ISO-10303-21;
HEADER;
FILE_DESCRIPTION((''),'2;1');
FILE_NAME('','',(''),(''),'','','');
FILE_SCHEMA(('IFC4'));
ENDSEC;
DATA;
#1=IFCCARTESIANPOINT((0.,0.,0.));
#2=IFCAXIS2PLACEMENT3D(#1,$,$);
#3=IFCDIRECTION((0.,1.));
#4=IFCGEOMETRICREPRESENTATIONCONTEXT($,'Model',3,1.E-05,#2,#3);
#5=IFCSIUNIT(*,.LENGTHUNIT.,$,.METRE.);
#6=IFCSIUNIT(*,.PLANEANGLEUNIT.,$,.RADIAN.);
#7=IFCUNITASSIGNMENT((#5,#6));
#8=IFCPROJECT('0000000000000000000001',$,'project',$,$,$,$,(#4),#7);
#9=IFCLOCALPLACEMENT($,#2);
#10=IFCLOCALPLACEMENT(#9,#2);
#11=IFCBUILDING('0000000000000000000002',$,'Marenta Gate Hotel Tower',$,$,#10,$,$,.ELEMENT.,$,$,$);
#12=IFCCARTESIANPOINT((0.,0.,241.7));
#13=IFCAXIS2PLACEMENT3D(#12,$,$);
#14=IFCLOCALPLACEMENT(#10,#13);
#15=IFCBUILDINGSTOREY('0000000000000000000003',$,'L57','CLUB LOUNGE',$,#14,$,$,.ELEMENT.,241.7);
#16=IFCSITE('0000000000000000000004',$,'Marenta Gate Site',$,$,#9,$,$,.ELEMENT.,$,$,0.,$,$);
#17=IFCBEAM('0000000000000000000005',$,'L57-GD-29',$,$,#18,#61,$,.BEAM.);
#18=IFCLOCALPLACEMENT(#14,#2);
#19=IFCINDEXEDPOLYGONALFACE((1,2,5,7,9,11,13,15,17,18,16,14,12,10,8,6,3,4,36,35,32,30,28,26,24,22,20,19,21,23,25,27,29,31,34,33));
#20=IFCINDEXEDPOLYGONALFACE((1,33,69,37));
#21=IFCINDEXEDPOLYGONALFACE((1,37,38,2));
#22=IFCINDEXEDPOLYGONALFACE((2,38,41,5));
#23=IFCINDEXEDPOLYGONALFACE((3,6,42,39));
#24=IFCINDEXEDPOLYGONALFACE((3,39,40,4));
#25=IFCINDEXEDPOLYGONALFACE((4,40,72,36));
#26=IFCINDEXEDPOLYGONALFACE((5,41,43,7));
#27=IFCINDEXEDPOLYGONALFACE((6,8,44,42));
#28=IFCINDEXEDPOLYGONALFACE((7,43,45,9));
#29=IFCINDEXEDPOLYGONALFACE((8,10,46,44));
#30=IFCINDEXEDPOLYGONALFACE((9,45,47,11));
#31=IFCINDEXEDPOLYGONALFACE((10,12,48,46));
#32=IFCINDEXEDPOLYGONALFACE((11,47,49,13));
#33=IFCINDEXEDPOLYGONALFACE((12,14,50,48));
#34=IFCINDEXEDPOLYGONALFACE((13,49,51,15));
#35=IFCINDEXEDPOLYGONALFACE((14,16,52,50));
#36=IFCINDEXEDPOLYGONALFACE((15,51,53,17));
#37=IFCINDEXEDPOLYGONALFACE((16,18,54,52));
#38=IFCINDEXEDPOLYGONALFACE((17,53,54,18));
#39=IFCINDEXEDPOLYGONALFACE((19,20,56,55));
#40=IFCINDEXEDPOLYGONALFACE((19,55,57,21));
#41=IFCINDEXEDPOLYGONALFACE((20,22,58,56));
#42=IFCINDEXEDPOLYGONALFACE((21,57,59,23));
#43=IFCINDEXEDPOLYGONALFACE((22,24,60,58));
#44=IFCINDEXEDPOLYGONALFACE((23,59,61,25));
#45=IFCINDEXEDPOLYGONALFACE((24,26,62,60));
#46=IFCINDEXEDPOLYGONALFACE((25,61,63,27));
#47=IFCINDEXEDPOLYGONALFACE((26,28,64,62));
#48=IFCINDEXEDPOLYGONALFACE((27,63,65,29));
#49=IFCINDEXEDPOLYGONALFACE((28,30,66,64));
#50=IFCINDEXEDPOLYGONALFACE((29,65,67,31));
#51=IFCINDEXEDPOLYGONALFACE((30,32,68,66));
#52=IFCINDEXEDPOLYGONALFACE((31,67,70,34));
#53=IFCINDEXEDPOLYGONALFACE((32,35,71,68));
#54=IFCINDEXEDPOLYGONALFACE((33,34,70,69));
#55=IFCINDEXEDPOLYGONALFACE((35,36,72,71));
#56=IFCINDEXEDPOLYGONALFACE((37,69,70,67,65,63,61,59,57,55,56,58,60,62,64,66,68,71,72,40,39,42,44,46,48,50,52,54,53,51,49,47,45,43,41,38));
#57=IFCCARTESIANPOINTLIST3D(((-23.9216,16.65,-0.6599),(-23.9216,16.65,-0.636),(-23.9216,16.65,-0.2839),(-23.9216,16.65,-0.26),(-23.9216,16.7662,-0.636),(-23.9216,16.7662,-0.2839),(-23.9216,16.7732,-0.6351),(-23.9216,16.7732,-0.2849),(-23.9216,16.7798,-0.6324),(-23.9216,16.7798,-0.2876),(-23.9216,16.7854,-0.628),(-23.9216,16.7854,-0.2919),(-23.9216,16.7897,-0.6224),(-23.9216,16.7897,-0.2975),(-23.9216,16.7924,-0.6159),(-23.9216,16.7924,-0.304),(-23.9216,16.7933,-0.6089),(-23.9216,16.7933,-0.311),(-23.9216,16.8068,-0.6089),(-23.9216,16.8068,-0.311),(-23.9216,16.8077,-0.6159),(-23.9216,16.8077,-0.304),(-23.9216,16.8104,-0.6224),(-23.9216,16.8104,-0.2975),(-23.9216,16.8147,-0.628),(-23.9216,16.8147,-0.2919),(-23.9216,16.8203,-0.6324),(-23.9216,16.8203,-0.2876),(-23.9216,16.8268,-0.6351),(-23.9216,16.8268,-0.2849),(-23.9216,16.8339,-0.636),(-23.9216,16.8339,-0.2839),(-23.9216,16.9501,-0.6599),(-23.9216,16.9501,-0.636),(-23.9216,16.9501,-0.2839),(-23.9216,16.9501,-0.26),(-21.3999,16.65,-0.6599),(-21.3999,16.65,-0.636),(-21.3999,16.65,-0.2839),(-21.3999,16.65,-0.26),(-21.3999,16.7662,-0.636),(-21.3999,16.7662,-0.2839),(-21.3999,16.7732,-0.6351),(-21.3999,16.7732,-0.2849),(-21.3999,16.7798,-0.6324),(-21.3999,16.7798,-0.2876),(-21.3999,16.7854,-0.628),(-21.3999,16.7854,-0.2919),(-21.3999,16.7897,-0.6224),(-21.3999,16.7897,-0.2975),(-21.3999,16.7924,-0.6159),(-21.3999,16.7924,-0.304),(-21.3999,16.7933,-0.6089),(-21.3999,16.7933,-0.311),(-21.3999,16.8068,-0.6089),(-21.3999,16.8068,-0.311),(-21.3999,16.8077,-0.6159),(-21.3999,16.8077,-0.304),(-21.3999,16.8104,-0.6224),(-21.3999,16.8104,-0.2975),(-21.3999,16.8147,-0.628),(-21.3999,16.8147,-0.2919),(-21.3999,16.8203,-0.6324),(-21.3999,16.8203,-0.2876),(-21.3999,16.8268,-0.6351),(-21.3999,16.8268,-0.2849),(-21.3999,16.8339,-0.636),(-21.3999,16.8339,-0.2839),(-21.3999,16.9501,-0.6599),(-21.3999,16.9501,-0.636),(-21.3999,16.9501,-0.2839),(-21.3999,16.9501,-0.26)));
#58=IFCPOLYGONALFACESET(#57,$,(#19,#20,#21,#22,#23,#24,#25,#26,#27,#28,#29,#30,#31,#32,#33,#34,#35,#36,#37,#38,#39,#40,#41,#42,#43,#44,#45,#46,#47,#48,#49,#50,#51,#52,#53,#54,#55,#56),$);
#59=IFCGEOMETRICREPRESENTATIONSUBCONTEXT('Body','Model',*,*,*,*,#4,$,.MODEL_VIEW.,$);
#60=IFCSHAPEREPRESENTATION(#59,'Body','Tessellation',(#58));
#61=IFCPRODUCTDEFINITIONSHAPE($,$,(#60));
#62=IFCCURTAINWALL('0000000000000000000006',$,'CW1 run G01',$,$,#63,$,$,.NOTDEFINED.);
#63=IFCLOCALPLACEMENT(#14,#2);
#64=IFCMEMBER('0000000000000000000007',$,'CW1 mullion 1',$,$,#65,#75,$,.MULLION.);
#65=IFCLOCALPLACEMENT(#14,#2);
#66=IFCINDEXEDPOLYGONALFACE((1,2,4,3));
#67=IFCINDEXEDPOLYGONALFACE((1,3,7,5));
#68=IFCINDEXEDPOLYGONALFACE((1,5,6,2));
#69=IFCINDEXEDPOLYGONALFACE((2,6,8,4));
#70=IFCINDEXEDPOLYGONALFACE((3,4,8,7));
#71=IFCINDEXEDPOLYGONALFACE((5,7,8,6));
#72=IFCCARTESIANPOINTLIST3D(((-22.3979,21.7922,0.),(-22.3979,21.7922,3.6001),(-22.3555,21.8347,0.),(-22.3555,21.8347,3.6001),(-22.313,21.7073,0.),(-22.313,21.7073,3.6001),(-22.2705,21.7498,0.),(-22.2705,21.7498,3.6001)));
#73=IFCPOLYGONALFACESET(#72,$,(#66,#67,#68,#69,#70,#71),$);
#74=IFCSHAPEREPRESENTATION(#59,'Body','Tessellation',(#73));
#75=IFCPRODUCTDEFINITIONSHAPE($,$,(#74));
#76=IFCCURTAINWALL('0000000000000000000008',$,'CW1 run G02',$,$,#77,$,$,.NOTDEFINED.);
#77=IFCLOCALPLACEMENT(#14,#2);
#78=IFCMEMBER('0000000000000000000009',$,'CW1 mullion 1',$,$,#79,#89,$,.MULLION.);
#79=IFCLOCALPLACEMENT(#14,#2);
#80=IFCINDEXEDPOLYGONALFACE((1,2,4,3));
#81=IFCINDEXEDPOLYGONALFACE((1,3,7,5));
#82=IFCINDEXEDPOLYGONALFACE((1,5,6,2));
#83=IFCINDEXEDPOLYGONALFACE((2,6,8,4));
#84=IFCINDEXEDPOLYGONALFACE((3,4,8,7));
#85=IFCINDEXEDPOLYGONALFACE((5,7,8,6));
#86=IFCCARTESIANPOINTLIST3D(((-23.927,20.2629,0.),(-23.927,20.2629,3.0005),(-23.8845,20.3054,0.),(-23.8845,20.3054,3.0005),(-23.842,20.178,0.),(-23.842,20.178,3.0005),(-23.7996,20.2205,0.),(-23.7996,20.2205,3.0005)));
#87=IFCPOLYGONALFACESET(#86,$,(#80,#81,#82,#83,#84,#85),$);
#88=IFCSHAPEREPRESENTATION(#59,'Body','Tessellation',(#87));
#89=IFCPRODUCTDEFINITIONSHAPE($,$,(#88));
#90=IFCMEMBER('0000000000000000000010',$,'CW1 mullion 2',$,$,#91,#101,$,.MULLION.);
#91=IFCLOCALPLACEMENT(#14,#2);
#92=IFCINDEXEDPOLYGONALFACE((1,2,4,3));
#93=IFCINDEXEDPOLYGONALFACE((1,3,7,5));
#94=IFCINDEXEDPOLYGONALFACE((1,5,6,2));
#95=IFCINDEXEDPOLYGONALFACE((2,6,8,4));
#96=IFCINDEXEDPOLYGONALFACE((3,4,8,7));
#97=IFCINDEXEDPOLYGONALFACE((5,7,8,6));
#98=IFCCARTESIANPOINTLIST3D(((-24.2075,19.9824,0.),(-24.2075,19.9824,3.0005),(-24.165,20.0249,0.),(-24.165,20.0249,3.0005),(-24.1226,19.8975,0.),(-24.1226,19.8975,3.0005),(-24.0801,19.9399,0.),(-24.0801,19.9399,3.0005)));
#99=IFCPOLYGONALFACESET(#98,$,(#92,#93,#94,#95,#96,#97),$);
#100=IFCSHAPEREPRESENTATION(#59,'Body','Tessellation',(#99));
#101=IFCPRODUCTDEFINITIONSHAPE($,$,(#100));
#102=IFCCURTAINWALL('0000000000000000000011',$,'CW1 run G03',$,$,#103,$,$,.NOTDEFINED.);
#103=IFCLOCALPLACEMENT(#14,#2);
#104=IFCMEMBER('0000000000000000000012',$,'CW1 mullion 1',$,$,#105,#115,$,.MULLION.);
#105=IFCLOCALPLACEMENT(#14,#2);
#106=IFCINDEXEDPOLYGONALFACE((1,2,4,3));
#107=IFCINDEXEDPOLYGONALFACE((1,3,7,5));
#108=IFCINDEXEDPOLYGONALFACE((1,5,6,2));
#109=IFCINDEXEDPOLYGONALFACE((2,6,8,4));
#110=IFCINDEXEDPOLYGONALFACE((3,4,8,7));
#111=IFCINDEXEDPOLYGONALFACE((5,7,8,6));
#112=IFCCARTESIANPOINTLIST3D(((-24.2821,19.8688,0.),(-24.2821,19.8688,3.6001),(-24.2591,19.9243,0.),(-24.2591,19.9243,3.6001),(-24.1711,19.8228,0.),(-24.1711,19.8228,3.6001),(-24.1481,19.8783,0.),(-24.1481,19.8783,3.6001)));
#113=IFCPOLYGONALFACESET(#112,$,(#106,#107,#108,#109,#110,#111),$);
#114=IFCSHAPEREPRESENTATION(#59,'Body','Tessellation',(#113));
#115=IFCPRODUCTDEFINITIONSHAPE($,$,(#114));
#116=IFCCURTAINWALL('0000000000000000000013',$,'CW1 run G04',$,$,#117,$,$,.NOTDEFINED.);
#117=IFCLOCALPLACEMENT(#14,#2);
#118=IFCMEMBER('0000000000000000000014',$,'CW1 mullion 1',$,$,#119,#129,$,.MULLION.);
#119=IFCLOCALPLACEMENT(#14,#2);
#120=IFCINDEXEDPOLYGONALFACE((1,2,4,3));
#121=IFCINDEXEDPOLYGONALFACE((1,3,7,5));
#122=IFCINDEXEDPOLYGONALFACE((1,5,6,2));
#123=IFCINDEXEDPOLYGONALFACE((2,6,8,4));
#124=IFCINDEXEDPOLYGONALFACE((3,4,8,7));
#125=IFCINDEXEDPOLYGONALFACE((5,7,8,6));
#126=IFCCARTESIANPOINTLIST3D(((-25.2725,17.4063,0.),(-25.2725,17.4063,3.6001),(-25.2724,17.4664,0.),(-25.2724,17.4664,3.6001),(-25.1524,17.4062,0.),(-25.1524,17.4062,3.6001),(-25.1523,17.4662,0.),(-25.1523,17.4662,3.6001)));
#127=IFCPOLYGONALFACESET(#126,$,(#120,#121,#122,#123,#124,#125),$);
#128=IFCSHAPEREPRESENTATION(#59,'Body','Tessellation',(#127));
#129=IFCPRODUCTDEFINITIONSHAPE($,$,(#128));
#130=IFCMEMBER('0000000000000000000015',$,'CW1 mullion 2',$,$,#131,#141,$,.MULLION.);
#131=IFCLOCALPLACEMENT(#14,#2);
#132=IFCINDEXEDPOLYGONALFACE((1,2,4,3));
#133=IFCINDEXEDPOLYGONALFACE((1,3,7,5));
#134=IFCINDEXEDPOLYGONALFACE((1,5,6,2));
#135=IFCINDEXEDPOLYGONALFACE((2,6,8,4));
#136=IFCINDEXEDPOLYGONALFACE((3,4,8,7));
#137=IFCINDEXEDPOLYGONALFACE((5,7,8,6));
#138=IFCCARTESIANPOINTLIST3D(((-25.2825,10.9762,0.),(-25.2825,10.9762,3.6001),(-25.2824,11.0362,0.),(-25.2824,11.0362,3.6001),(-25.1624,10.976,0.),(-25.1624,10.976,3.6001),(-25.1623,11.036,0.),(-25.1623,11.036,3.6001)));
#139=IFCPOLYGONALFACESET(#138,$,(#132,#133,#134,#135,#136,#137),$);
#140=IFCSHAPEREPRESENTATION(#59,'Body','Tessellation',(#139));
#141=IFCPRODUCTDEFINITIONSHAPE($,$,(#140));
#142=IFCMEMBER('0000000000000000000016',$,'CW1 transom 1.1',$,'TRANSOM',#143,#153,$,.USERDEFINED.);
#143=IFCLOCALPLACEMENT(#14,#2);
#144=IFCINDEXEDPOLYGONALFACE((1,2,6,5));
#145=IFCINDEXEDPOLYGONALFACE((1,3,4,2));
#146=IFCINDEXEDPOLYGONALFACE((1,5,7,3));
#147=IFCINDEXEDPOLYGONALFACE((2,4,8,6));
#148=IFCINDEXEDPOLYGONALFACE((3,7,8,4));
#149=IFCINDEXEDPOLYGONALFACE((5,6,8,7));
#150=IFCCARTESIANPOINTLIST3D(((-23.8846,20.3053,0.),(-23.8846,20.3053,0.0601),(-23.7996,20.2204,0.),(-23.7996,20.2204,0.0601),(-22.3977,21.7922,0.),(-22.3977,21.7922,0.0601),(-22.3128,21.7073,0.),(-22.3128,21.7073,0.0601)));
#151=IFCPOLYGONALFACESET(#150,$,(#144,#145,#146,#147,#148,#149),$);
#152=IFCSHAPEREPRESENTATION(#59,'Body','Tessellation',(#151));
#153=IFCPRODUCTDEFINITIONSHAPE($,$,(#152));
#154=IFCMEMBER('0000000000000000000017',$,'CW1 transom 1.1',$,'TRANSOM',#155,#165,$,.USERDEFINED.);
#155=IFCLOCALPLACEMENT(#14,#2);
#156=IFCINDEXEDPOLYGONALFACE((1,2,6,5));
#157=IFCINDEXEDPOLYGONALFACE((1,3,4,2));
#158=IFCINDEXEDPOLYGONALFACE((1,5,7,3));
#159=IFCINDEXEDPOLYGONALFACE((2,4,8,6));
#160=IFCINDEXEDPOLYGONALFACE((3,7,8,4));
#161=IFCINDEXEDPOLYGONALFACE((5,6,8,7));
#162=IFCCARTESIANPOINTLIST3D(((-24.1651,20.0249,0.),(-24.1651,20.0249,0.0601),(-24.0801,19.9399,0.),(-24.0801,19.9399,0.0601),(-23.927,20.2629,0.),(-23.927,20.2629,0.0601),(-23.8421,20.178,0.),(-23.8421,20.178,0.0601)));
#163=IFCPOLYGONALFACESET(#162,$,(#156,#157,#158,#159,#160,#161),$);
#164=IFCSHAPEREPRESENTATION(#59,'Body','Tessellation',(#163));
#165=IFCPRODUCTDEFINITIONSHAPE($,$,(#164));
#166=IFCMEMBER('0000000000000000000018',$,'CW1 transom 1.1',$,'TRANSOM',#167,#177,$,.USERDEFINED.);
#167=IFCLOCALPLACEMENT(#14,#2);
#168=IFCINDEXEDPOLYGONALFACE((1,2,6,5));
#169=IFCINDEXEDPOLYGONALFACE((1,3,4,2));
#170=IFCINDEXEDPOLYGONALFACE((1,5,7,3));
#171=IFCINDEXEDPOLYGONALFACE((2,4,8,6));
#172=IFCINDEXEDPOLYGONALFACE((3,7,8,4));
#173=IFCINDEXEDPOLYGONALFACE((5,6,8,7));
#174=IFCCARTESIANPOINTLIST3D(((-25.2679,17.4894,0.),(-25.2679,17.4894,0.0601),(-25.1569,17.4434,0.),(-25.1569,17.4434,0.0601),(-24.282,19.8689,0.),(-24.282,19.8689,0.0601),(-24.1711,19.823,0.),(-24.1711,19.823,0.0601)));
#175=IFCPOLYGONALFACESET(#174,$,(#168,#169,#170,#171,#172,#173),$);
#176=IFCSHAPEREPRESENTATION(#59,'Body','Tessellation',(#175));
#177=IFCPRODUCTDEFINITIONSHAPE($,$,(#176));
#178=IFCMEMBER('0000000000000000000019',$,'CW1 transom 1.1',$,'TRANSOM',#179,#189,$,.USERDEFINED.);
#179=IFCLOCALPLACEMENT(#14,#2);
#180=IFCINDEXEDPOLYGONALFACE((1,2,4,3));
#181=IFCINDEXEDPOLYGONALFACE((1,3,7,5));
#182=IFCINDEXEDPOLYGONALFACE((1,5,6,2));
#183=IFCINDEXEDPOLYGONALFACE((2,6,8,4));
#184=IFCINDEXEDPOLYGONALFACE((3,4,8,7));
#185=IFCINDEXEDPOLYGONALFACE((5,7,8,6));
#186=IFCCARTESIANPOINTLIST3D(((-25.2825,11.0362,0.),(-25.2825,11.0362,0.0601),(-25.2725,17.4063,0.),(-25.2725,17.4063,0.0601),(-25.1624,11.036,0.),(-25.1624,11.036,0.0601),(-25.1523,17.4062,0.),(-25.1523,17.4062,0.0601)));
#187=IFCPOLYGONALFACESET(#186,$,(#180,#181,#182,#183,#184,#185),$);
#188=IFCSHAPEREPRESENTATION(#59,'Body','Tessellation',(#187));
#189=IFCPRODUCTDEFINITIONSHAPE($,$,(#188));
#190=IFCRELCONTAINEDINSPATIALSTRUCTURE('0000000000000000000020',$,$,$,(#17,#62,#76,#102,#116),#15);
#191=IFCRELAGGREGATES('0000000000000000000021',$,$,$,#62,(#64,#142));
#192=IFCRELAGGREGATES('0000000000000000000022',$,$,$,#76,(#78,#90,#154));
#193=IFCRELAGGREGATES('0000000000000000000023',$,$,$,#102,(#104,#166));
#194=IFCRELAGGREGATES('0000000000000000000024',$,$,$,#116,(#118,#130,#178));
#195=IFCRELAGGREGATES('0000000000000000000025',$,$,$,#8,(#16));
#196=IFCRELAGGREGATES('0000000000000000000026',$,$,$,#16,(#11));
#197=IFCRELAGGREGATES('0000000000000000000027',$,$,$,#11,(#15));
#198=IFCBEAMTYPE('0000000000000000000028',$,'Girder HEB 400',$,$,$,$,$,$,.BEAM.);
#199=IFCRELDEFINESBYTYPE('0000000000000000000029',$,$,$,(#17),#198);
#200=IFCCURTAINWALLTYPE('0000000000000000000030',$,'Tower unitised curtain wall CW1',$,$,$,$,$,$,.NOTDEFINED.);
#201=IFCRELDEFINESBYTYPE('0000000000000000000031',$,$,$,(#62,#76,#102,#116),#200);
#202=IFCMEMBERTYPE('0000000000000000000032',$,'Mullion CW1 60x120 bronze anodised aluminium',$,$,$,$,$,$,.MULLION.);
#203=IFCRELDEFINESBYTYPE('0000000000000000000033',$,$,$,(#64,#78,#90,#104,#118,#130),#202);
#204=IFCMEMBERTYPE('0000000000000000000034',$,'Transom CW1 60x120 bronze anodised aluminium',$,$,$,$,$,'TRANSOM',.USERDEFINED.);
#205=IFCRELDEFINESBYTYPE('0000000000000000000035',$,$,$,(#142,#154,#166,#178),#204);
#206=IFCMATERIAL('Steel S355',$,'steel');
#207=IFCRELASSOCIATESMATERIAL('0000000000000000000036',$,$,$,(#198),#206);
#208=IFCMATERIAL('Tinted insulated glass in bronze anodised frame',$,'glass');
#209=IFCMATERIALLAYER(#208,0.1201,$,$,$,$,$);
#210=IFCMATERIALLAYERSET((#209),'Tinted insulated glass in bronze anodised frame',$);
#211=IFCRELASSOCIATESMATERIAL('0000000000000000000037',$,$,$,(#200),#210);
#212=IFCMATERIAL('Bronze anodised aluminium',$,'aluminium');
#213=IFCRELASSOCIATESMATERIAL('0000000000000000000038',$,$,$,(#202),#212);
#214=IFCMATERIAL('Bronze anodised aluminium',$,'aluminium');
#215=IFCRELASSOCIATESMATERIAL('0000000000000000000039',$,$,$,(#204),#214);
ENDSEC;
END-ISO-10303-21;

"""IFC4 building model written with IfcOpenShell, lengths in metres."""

from ifc_helpers import new_model, si_unit, direction, frame, origin, origin_2d, place, context, subcontext, project, spatial, rectangle, i_section, extrude, material, layer, layer_set, material_profile, profile_set, type_object, element, aggregate, save


model = new_model("IFC4")

# Units and contexts
model_context = context("Model", 3, precision=1e-05, world=origin(), true_north=direction((0.0, 1.0)))
body_context = subcontext(model_context, "Body", "Model", "MODEL_VIEW")
ifc_project = project(units=[si_unit("LENGTHUNIT", "METRE"), si_unit("PLANEANGLEUNIT", "RADIAN")], contexts=[model_context])

# Site, building, storey
site_placement = place(None, origin())
site = spatial("IfcSite", under=ifc_project, at=site_placement, Name="Marenta Gate Site", CompositionType="ELEMENT", RefElevation=0.0)
building_placement = place(site_placement, origin())
building = spatial("IfcBuilding", under=site, at=building_placement, Name="Marenta Gate Hotel Tower", CompositionType="ELEMENT")
storey_placement = place(building_placement, frame((0.0, 0.0, 241.7)))
storey = spatial("IfcBuildingStorey", under=building, at=storey_placement, Name="L57", Description="CLUB LOUNGE", CompositionType="ELEMENT", Elevation=241.7)

# Beam
ifc_material_1 = material(Name="Steel S355", Category="steel")
ifc_material_profile_1 = material_profile(ifc_material_1, i_section(OverallWidth=0.3, OverallDepth=0.3999, WebThickness=0.0134, FlangeThickness=0.0239, FilletRadius=0.0271, at=origin_2d()), Name="HEB 400")
ifc_profile_set_1 = profile_set([ifc_material_profile_1], Name="Steel S355")
beam_type_1 = type_object("IfcBeamType", Name="Girder HEB 400", PredefinedType="BEAM", material=ifc_profile_set_1)
beam_1_placement = place(storey_placement, frame((-23.9216, 16.8, -0.46), z_axis=(1.0, 0.0, 0.0), x_axis=(0.0, 1.0, 0.0)))
element("IfcBeam", 1, at=beam_1_placement, inside=storey, type_object=beam_type_1, Name="L57-GD-29", PredefinedType="BEAM", context=body_context, shape_type="SweptSolid", body=[
    extrude(i_section(OverallWidth=0.3, OverallDepth=0.3999, WebThickness=0.0134, FlangeThickness=0.0239, FilletRadius=0.0271, at=origin_2d()), origin(), (0.0, 0.0, 1.0), 2.5217),
])

# Curtain wall, member
ifc_material_2 = material(Name="Tinted insulated glass in bronze anodised frame", Category="glass")
ifc_layer_1 = layer(ifc_material_2, 0.1201)
ifc_layer_set_1 = layer_set([ifc_layer_1], Name="Tinted insulated glass in bronze anodised frame")
curtain_wall_type = type_object("IfcCurtainWallType", Name="Tower unitised curtain wall CW1", PredefinedType="NOTDEFINED", material=ifc_layer_set_1)
curtain_wall_1_placement = place(storey_placement, origin())
curtain_wall_1 = element("IfcCurtainWall", 2, at=curtain_wall_1_placement, inside=storey, type_object=curtain_wall_type, Name="CW1 run G01", PredefinedType="NOTDEFINED")
ifc_material_3 = material(Name="Bronze anodised aluminium", Category="aluminium")
ifc_material_profile_2 = material_profile(ifc_material_3, rectangle(XDim=0.1201, YDim=0.0601, at=origin_2d()), Name="Mullion CW1 60x120 bronze anodised aluminium")
ifc_profile_set_2 = profile_set([ifc_material_profile_2], Name="Bronze anodised aluminium")
member_type_1 = type_object("IfcMemberType", Name="Mullion CW1 60x120 bronze anodised aluminium", PredefinedType="MULLION", material=ifc_profile_set_2)
member_1_placement = place(storey_placement, frame((-22.3342, 21.771, 0.0), z_axis=(0.0, 0.0, 1.0), x_axis=(0.707107, -0.707107, 0.0)))
member_1 = element("IfcMember", 3, at=member_1_placement, type_object=member_type_1, Name="CW1 mullion 1", PredefinedType="MULLION", context=body_context, shape_type="SweptSolid", body=[
    extrude(rectangle(XDim=0.1201, YDim=0.0601, at=origin_2d()), origin(), (0.0, 0.0, 1.0), 3.6001),
])

# Curtain wall, members
curtain_wall_2_placement = place(storey_placement, origin())
curtain_wall_2 = element("IfcCurtainWall", 4, at=curtain_wall_2_placement, inside=storey, type_object=curtain_wall_type, Name="CW1 run G02", PredefinedType="NOTDEFINED")
member_2_placement = place(storey_placement, frame((-23.8633, 20.2417, 0.0), z_axis=(0.0, 0.0, 1.0), x_axis=(0.707107, -0.707107, 0.0)))
member_2 = element("IfcMember", 5, at=member_2_placement, type_object=member_type_1, Name="CW1 mullion 1", PredefinedType="MULLION", context=body_context, shape_type="SweptSolid", body=[
    extrude(rectangle(XDim=0.1201, YDim=0.0601, at=origin_2d()), origin(), (0.0, 0.0, 1.0), 3.0005),
])
member_3_placement = place(storey_placement, frame((-24.1438, 19.9612, 0.0), z_axis=(0.0, 0.0, 1.0), x_axis=(0.707107, -0.707107, 0.0)))
member_3 = element("IfcMember", 6, at=member_3_placement, type_object=member_type_1, Name="CW1 mullion 2", PredefinedType="MULLION", context=body_context, shape_type="SweptSolid", body=[
    extrude(rectangle(XDim=0.1201, YDim=0.0601, at=origin_2d()), origin(), (0.0, 0.0, 1.0), 3.0005),
])

# Curtain wall, member
curtain_wall_3_placement = place(storey_placement, origin())
curtain_wall_3 = element("IfcCurtainWall", 7, at=curtain_wall_3_placement, inside=storey, type_object=curtain_wall_type, Name="CW1 run G03", PredefinedType="NOTDEFINED")
member_4_placement = place(storey_placement, frame((-24.2151, 19.8735, 0.0), z_axis=(0.0, 0.0, 1.0), x_axis=(0.923886, -0.382667, 0.0)))
member_4 = element("IfcMember", 8, at=member_4_placement, type_object=member_type_1, Name="CW1 mullion 1", PredefinedType="MULLION", context=body_context, shape_type="SweptSolid", body=[
    extrude(rectangle(XDim=0.1201, YDim=0.0601, at=origin_2d()), origin(), (0.0, 0.0, 1.0), 3.6001),
])

# Curtain wall, members
curtain_wall_4_placement = place(storey_placement, origin())
curtain_wall_4 = element("IfcCurtainWall", 9, at=curtain_wall_4_placement, inside=storey, type_object=curtain_wall_type, Name="CW1 run G04", PredefinedType="NOTDEFINED")
member_5_placement = place(storey_placement, frame((-25.2124, 17.4363, 0.0), z_axis=(0.0, 0.0, 1.0), x_axis=(0.999999, -0.001566, 0.0)))
member_5 = element("IfcMember", 10, at=member_5_placement, type_object=member_type_1, Name="CW1 mullion 1", PredefinedType="MULLION", context=body_context, shape_type="SweptSolid", body=[
    extrude(rectangle(XDim=0.1201, YDim=0.0601, at=origin_2d()), origin(), (0.0, 0.0, 1.0), 3.6001),
])
member_6_placement = place(storey_placement, frame((-25.2224, 11.0061, 0.0), z_axis=(0.0, 0.0, 1.0), x_axis=(0.999999, -0.001566, 0.0)))
member_6 = element("IfcMember", 11, at=member_6_placement, type_object=member_type_1, Name="CW1 mullion 2", PredefinedType="MULLION", context=body_context, shape_type="SweptSolid", body=[
    extrude(rectangle(XDim=0.1201, YDim=0.0601, at=origin_2d()), origin(), (0.0, 0.0, 1.0), 3.6001),
])

# Members
ifc_material_4 = material(Name="Bronze anodised aluminium", Category="aluminium")
ifc_material_profile_3 = material_profile(ifc_material_4, rectangle(XDim=0.1201, YDim=0.0601, at=origin_2d()), Name="Transom CW1 60x120 bronze anodised aluminium")
ifc_profile_set_3 = profile_set([ifc_material_profile_3], Name="Bronze anodised aluminium")
member_type_2 = type_object("IfcMemberType", Name="Transom CW1 60x120 bronze anodised aluminium", ElementType="TRANSOM", PredefinedType="USERDEFINED", material=ifc_profile_set_3)
member_7_placement = place(storey_placement, frame((-22.3552, 21.7498, 0.03), z_axis=(-0.707107, -0.707107, 0.0), x_axis=(0.707107, -0.707107, 0.0)))
member_7 = element("IfcMember", 12, at=member_7_placement, type_object=member_type_2, Name="CW1 transom 1.1", ObjectType="TRANSOM", PredefinedType="USERDEFINED", context=body_context, shape_type="SweptSolid", body=[
    extrude(rectangle(XDim=0.1201, YDim=0.0601, at=origin_2d()), origin(), (0.0, 0.0, 1.0), 2.1028),
])
member_8_placement = place(storey_placement, frame((-23.8845, 20.2205, 0.03), z_axis=(-0.707107, -0.707107, 0.0), x_axis=(0.707107, -0.707107, 0.0)))
member_8 = element("IfcMember", 13, at=member_8_placement, type_object=member_type_2, Name="CW1 transom 1.1", ObjectType="TRANSOM", PredefinedType="USERDEFINED", context=body_context, shape_type="SweptSolid", body=[
    extrude(rectangle(XDim=0.1201, YDim=0.0601, at=origin_2d()), origin(), (0.0, 0.0, 1.0), 0.3367),
])
member_9_placement = place(storey_placement, frame((-24.2266, 19.8459, 0.03), z_axis=(-0.382737, -0.923857, 0.0), x_axis=(0.923857, -0.382737, 0.0)))
member_9 = element("IfcMember", 14, at=member_9_placement, type_object=member_type_2, Name="CW1 transom 1.1", ObjectType="TRANSOM", PredefinedType="USERDEFINED", context=body_context, shape_type="SweptSolid", body=[
    extrude(rectangle(XDim=0.1201, YDim=0.0601, at=origin_2d()), origin(), (0.0, 0.0, 1.0), 2.5757),
])
member_10_placement = place(storey_placement, frame((-25.2124, 17.4062, 0.03), z_axis=(-0.001571, -0.999999, 0.0), x_axis=(0.999999, -0.001571, 0.0)))
member_10 = element("IfcMember", 15, at=member_10_placement, type_object=member_type_2, Name="CW1 transom 1.1", ObjectType="TRANSOM", PredefinedType="USERDEFINED", context=body_context, shape_type="SweptSolid", body=[
    extrude(rectangle(XDim=0.1201, YDim=0.0601, at=origin_2d()), origin(), (0.0, 0.0, 1.0), 6.3701),
])

aggregate(curtain_wall_1, [member_1, member_7])
aggregate(curtain_wall_2, [member_2, member_3, member_8])
aggregate(curtain_wall_3, [member_4, member_9])
aggregate(curtain_wall_4, [member_5, member_6, member_10])

save(model, "model.ifc")
